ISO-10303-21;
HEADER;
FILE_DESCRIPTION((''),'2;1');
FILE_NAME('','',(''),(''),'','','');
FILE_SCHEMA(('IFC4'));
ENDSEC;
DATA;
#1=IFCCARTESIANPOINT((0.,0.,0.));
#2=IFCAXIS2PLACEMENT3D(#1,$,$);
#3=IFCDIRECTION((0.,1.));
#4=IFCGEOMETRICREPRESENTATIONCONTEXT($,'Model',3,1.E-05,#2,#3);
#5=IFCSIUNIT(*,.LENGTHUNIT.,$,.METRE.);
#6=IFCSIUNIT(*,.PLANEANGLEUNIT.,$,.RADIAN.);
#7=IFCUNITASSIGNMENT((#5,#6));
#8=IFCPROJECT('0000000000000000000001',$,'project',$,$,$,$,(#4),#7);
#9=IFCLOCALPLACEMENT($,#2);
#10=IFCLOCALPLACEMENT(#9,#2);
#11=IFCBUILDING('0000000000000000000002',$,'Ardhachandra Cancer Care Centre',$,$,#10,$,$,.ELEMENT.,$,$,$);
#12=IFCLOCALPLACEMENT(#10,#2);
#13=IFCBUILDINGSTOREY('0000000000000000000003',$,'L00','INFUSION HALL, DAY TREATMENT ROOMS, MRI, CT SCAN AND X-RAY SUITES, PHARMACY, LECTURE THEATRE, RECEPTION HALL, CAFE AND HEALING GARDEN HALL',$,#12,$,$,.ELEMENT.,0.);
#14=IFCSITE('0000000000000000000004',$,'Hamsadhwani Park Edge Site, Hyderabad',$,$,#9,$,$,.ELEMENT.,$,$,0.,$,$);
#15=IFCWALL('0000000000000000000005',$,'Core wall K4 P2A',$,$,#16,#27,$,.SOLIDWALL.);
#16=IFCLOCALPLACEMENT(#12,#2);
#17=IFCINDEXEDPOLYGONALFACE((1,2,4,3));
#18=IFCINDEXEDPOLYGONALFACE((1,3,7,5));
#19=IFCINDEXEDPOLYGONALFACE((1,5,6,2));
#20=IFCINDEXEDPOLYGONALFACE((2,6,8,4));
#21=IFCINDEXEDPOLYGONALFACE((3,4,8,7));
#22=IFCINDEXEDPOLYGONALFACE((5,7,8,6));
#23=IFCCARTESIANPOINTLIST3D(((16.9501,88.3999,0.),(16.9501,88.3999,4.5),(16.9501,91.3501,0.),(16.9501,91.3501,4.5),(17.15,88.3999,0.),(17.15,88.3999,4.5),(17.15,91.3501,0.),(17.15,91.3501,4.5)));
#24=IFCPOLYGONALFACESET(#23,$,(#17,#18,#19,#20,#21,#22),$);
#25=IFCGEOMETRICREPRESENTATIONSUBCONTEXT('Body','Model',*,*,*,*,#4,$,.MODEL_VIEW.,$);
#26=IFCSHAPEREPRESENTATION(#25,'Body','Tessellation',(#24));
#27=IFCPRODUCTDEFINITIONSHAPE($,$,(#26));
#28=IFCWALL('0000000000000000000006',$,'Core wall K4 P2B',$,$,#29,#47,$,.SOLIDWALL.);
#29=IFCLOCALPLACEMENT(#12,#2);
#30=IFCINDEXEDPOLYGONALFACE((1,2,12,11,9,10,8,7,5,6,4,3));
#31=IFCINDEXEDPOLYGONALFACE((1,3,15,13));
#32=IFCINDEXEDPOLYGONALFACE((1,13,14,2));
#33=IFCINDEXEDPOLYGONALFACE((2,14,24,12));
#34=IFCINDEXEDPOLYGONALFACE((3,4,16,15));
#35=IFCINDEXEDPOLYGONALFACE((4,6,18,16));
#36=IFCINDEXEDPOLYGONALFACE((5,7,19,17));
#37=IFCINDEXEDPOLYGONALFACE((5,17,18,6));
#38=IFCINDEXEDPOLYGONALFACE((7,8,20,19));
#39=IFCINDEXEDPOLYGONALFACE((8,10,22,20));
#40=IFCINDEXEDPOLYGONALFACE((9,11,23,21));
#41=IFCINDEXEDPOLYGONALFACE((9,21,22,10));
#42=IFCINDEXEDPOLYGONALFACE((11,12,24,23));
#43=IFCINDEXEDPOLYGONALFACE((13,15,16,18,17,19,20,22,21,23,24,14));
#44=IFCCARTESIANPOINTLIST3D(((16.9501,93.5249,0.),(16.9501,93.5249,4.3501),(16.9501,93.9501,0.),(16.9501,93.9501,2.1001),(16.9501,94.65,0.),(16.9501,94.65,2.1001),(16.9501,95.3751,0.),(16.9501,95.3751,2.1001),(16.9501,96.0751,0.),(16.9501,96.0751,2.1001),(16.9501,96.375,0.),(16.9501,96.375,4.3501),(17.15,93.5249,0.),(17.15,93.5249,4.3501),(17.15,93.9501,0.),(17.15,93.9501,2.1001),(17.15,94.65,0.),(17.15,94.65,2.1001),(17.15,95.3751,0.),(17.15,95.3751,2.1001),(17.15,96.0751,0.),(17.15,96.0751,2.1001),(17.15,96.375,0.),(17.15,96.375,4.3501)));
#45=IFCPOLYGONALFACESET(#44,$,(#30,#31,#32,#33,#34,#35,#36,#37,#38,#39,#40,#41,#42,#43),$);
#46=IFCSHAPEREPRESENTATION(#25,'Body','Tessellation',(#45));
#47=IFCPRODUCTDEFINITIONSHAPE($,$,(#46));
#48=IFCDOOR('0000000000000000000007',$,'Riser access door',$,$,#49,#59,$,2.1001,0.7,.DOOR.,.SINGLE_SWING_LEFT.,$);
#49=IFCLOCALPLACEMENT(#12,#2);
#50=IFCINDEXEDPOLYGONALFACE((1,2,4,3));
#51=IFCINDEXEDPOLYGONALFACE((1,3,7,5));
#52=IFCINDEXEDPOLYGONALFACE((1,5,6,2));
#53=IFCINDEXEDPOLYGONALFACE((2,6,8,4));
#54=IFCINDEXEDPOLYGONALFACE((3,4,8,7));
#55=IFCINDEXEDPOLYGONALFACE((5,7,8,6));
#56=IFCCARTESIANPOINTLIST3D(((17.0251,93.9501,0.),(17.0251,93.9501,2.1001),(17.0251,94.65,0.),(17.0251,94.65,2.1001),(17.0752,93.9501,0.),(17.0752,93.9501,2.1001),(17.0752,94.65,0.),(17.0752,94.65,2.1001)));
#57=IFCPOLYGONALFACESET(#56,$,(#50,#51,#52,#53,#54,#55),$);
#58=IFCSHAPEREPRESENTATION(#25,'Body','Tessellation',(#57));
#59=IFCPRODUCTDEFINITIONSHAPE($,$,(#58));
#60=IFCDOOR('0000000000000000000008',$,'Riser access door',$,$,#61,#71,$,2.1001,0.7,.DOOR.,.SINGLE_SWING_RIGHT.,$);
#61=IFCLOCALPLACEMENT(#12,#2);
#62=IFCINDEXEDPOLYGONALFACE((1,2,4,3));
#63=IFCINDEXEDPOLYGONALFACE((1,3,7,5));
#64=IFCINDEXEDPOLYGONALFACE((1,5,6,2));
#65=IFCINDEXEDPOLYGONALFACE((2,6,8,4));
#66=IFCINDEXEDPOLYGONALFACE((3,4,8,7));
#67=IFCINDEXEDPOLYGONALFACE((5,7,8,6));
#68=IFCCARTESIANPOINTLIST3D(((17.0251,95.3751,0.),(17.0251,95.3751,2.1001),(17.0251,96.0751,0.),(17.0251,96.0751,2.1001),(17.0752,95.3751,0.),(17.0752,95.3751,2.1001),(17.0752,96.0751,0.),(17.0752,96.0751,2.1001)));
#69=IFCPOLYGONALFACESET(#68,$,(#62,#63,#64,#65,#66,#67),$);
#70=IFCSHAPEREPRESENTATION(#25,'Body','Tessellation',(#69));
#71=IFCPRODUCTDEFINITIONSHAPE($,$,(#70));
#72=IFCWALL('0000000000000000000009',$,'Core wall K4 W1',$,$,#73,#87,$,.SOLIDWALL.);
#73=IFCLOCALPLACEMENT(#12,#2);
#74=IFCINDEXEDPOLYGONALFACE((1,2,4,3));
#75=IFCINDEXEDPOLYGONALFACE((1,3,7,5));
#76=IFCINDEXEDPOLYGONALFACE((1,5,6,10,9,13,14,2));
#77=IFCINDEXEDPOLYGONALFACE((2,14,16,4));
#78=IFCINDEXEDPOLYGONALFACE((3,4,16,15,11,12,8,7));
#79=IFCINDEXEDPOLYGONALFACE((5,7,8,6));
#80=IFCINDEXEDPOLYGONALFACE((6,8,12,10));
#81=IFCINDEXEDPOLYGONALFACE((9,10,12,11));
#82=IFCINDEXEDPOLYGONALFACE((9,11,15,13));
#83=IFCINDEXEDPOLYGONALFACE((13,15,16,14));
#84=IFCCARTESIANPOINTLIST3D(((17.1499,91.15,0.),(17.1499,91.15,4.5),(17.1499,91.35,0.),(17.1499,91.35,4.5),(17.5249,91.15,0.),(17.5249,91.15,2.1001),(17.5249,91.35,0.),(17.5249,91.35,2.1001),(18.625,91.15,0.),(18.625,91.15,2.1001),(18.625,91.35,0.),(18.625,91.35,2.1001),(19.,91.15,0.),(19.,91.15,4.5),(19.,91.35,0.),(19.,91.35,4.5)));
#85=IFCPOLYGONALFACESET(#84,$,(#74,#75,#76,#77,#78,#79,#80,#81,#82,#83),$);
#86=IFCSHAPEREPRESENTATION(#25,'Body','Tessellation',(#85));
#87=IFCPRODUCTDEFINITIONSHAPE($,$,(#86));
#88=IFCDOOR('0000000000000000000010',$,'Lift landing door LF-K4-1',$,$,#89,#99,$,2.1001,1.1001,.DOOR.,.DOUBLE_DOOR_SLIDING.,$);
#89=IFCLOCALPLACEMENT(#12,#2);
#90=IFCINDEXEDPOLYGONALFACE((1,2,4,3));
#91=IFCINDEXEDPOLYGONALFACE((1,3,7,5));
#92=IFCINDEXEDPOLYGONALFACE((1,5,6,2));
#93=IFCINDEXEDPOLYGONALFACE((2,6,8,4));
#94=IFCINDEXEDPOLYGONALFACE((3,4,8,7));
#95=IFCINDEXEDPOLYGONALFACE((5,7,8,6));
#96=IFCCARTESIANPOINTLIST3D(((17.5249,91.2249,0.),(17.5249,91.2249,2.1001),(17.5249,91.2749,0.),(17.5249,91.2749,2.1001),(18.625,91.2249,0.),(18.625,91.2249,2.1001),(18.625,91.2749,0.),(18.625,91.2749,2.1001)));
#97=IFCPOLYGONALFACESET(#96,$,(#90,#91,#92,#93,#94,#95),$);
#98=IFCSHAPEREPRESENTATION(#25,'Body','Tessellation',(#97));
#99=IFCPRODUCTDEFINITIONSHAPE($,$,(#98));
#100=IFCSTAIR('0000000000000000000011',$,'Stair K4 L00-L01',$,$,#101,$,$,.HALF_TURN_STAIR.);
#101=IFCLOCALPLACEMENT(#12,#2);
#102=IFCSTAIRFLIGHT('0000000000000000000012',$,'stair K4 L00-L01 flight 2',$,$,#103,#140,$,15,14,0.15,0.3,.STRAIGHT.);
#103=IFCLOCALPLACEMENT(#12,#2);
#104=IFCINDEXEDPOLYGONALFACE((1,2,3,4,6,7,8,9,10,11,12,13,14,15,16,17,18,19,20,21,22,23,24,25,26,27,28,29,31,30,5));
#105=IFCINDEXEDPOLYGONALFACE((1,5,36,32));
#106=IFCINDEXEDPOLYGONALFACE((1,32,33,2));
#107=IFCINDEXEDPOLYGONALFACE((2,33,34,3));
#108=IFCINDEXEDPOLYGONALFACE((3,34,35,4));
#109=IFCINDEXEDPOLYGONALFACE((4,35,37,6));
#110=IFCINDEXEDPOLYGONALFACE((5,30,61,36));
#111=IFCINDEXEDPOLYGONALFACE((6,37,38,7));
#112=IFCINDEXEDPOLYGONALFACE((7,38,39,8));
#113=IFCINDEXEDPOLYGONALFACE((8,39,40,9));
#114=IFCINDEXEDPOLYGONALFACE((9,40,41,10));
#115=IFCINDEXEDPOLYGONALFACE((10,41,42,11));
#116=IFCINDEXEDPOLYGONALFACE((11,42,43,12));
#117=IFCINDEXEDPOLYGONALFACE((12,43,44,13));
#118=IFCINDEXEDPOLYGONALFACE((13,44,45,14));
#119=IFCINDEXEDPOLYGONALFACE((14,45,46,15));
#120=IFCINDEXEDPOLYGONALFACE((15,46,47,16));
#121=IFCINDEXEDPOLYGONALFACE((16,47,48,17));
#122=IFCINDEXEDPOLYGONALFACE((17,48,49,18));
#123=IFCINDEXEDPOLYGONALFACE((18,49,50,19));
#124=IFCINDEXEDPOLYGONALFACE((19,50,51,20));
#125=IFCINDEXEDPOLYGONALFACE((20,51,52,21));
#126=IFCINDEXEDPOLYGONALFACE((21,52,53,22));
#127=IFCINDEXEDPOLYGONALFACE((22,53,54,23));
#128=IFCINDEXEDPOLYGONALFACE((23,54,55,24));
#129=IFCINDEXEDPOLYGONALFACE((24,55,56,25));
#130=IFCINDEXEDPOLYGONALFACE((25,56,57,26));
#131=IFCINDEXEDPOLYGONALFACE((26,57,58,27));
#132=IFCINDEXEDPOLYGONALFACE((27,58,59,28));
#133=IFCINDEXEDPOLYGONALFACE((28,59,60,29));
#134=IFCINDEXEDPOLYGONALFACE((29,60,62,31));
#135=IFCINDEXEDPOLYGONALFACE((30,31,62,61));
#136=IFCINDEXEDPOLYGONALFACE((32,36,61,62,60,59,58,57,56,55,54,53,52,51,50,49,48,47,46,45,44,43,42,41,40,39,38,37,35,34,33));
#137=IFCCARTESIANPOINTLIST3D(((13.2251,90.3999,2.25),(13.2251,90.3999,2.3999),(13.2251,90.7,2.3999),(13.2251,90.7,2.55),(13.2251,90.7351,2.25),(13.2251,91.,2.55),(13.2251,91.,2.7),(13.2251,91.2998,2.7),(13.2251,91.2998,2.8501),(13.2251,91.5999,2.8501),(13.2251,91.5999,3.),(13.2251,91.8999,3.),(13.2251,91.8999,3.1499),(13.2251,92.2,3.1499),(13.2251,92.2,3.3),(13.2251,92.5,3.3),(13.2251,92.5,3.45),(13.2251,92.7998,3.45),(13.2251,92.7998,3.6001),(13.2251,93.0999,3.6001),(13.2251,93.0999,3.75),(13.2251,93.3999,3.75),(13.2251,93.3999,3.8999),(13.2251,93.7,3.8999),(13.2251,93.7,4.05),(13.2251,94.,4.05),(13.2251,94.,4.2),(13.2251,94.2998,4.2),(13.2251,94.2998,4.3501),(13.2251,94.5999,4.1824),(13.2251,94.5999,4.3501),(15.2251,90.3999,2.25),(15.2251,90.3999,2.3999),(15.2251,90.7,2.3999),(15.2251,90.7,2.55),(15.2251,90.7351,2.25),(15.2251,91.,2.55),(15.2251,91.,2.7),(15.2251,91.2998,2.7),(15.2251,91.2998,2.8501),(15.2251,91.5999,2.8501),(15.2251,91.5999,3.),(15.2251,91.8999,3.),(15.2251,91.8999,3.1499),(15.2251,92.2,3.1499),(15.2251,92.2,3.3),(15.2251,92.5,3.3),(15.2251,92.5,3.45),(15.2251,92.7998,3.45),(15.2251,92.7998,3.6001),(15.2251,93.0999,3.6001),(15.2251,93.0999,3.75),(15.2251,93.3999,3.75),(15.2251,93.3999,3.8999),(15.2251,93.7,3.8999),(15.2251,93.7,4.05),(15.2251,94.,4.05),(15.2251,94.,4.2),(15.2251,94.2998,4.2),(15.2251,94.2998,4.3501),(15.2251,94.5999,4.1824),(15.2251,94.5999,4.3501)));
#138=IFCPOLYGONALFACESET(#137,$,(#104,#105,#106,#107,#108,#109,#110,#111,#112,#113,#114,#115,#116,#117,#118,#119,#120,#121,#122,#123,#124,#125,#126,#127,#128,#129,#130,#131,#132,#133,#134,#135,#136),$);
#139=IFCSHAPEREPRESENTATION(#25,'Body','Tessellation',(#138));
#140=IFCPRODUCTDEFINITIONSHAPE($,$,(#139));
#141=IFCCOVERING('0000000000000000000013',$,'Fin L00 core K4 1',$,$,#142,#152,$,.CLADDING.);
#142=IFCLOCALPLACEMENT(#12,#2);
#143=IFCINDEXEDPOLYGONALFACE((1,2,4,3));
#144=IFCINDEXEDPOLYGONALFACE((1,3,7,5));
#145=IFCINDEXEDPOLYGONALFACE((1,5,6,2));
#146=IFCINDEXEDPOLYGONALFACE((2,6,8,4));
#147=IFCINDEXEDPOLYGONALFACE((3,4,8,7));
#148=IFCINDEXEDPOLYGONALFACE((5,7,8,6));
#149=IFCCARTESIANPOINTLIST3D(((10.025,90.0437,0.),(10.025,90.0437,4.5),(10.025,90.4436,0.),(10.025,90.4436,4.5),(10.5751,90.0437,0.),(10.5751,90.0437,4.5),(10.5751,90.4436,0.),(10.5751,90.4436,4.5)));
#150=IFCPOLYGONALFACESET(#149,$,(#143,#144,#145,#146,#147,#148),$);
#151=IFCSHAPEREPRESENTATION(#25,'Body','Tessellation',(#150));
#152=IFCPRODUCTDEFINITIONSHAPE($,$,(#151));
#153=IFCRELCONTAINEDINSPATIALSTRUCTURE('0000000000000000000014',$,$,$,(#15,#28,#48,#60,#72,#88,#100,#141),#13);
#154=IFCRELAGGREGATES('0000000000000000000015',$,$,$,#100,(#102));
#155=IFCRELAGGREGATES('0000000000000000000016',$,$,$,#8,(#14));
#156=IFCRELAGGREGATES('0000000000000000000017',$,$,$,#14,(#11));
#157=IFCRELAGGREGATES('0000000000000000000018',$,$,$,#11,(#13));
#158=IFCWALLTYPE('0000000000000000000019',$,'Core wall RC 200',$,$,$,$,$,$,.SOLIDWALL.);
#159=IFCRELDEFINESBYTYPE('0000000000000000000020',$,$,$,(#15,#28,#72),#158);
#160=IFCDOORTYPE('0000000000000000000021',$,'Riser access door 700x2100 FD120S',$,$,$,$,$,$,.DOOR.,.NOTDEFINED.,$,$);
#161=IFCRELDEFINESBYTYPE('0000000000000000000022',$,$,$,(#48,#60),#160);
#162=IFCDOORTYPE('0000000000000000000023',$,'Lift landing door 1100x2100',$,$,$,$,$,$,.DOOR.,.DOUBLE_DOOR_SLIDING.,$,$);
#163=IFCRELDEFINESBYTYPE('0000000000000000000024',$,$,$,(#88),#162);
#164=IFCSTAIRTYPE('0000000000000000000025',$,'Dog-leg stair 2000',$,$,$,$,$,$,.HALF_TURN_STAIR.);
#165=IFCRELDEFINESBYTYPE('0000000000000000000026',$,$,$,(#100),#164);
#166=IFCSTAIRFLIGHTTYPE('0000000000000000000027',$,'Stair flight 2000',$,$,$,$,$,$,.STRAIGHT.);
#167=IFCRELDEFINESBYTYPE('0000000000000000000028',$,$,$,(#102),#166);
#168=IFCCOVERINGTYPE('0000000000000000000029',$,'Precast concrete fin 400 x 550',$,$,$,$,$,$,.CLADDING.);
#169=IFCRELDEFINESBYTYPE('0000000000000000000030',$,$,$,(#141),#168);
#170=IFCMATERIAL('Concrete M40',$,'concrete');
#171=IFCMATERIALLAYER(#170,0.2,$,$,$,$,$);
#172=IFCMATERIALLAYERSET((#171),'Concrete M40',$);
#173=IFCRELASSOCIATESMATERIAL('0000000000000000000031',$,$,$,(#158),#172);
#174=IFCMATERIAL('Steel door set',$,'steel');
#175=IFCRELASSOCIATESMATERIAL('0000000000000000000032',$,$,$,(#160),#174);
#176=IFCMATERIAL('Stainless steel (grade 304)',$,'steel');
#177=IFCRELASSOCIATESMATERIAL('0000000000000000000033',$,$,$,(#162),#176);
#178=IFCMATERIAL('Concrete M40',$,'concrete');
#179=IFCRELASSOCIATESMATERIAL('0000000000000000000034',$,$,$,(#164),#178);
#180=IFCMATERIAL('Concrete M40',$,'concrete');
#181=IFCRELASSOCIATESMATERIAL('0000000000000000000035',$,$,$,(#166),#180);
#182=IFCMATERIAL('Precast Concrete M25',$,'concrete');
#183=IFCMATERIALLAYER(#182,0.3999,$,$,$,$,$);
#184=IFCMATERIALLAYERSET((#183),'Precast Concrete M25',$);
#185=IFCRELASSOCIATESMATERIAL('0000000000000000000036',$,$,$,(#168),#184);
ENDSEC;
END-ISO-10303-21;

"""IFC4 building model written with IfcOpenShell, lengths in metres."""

from ifc_helpers import new_model, si_unit, direction, frame, frame_2d, origin, origin_2d, place, context, subcontext, project, spatial, polyline, rectangle, outline, extrude, material, layer, layer_set, type_object, element, fill, aggregate, save


model = new_model("IFC4")

# Units and contexts
model_context = context("Model", 3, precision=1e-05, world=origin(), true_north=direction((0.0, 1.0)))
body_context = subcontext(model_context, "Body", "Model", "MODEL_VIEW")
ifc_project = project(units=[si_unit("LENGTHUNIT", "METRE"), si_unit("PLANEANGLEUNIT", "RADIAN")], contexts=[model_context])

# Site, building, storey
site_placement = place(None, origin())
site = spatial("IfcSite", under=ifc_project, at=site_placement, Name="Hamsadhwani Park Edge Site, Hyderabad", CompositionType="ELEMENT", RefElevation=0.0)
building_placement = place(site_placement, origin())
building = spatial("IfcBuilding", under=site, at=building_placement, Name="Ardhachandra Cancer Care Centre", CompositionType="ELEMENT")
storey_placement = place(building_placement, origin())
storey = spatial("IfcBuildingStorey", under=building, at=storey_placement, Name="L00", Description="INFUSION HALL, DAY TREATMENT ROOMS, MRI, CT SCAN AND X-RAY SUITES, PHARMACY, LECTURE THEATRE, RECEPTION HALL, CAFE AND HEALING GARDEN HALL", CompositionType="ELEMENT", Elevation=0.0)

# Shared definitions
ifc_material_1 = material(Name="Concrete M40", Category="concrete")
ifc_layer_1 = layer(ifc_material_1, 0.2)
ifc_layer_set_1 = layer_set([ifc_layer_1], Name="Concrete M40")
wall_type_1 = type_object("IfcWallType", Name="Core wall RC 200", PredefinedType="SOLIDWALL", material=ifc_layer_set_1)

# Wall
wall_1_placement = place(storey_placement, frame((17.05, 88.3999, 0.0), z_axis=(0.0, 0.0, 1.0), x_axis=(0.0, 1.0, 0.0)))
element("IfcWall", 1, at=wall_1_placement, inside=storey, type_object=wall_type_1, Name="Core wall K4 P2A", PredefinedType="SOLIDWALL", context=body_context, shape_type="SweptSolid", body=[
    extrude(rectangle(XDim=2.9502, YDim=0.2, at=frame_2d((1.4751, 0.0))), origin(), (0.0, 0.0, 1.0), 4.5),
])

# Wall, openings, doors
wall_2_placement = place(storey_placement, frame((17.05, 93.5249, 0.0), z_axis=(0.0, 0.0, 1.0), x_axis=(0.0, 1.0, 0.0)))
wall_2 = element("IfcWall", 2, at=wall_2_placement, inside=storey, type_object=wall_type_1, Name="Core wall K4 P2B", PredefinedType="SOLIDWALL", context=body_context, shape_type="SweptSolid", body=[
    extrude(rectangle(XDim=2.8501, YDim=0.2, at=frame_2d((1.425, 0.0))), origin(), (0.0, 0.0, 1.0), 4.3501),
])
opening_1_placement = place(wall_2_placement, frame((0.425, 0.0, 0.0)))
opening_1 = element("IfcOpeningElement", 3, at=opening_1_placement, cuts=wall_2, PredefinedType="OPENING", context=body_context, shape_type="SweptSolid", body=[
    extrude(rectangle(XDim=0.7, YDim=2.1001, at=frame_2d((0.3501, 1.05))), frame((0.0, 0.1099, 0.0), z_axis=(0.0, -1.0, 0.0), x_axis=(1.0, 0.0, 0.0)), (0.0, 0.0, 1.0), 0.22),
])
opening_2_placement = place(wall_2_placement, frame((1.8501, 0.0, 0.0)))
opening_2 = element("IfcOpeningElement", 4, at=opening_2_placement, cuts=wall_2, PredefinedType="OPENING", context=body_context, shape_type="SweptSolid", body=[
    extrude(rectangle(XDim=0.7, YDim=2.1001, at=frame_2d((0.3501, 1.05))), frame((0.0, 0.1099, 0.0), z_axis=(0.0, -1.0, 0.0), x_axis=(1.0, 0.0, 0.0)), (0.0, 0.0, 1.0), 0.22),
])
ifc_material_2 = material(Name="Steel door set", Category="steel")
door_type_1 = type_object("IfcDoorType", Name="Riser access door 700x2100 FD120S", OperationType="NOTDEFINED", PredefinedType="DOOR", material=ifc_material_2)
door_1_placement = place(opening_1_placement, origin())
door_1 = element("IfcDoor", 5, at=door_1_placement, inside=storey, type_object=door_type_1, Name="Riser access door", OperationType="SINGLE_SWING_LEFT", OverallHeight=2.1001, OverallWidth=0.7, PredefinedType="DOOR", context=body_context, shape_type="SweptSolid", body=[
    extrude(rectangle(XDim=0.7, YDim=2.1001, at=frame_2d((0.3501, 1.05))), frame((0.0, 0.0249, 0.0), z_axis=(0.0, -1.0, 0.0), x_axis=(1.0, 0.0, 0.0)), (0.0, 0.0, 1.0), 0.05),
])
fill(opening_1, door_1)
door_2_placement = place(opening_2_placement, origin())
door_2 = element("IfcDoor", 6, at=door_2_placement, inside=storey, type_object=door_type_1, Name="Riser access door", OperationType="SINGLE_SWING_RIGHT", OverallHeight=2.1001, OverallWidth=0.7, PredefinedType="DOOR", context=body_context, shape_type="SweptSolid", body=[
    extrude(rectangle(XDim=0.7, YDim=2.1001, at=frame_2d((0.3501, 1.05))), frame((0.0, 0.0249, 0.0), z_axis=(0.0, -1.0, 0.0), x_axis=(1.0, 0.0, 0.0)), (0.0, 0.0, 1.0), 0.05),
])
fill(opening_2, door_2)

# Wall, opening, door
wall_3_placement = place(storey_placement, frame((17.1499, 91.25, 0.0), z_axis=(0.0, 0.0, 1.0), x_axis=(1.0, 0.0, 0.0)))
wall_3 = element("IfcWall", 7, at=wall_3_placement, inside=storey, type_object=wall_type_1, Name="Core wall K4 W1", PredefinedType="SOLIDWALL", context=body_context, shape_type="SweptSolid", body=[
    extrude(rectangle(XDim=1.8501, YDim=0.2, at=frame_2d((0.925, 0.0))), origin(), (0.0, 0.0, 1.0), 4.5),
])
opening_3_placement = place(wall_3_placement, frame((0.375, 0.0, 0.0)))
opening_3 = element("IfcOpeningElement", 8, at=opening_3_placement, cuts=wall_3, PredefinedType="OPENING", context=body_context, shape_type="SweptSolid", body=[
    extrude(rectangle(XDim=1.1001, YDim=2.1001, at=frame_2d((0.55, 1.05))), frame((0.0, 0.1099, 0.0), z_axis=(0.0, -1.0, 0.0), x_axis=(1.0, 0.0, 0.0)), (0.0, 0.0, 1.0), 0.22),
])
ifc_material_3 = material(Name="Stainless steel (grade 304)", Category="steel")
door_type_2 = type_object("IfcDoorType", Name="Lift landing door 1100x2100", OperationType="DOUBLE_DOOR_SLIDING", PredefinedType="DOOR", material=ifc_material_3)
door_3_placement = place(opening_3_placement, origin())
door_3 = element("IfcDoor", 9, at=door_3_placement, inside=storey, type_object=door_type_2, Name="Lift landing door LF-K4-1", OperationType="DOUBLE_DOOR_SLIDING", OverallHeight=2.1001, OverallWidth=1.1001, PredefinedType="DOOR", context=body_context, shape_type="SweptSolid", body=[
    extrude(rectangle(XDim=1.1001, YDim=2.1001, at=frame_2d((0.55, 1.05))), frame((0.0, 0.0249, 0.0), z_axis=(0.0, -1.0, 0.0), x_axis=(1.0, 0.0, 0.0)), (0.0, 0.0, 1.0), 0.05),
])
fill(opening_3, door_3)

# Stair, stair flight
ifc_material_4 = material(Name="Concrete M40", Category="concrete")
stair_type = type_object("IfcStairType", Name="Dog-leg stair 2000", PredefinedType="HALF_TURN_STAIR", material=ifc_material_4)
stair_placement = place(storey_placement, origin())
stair = element("IfcStair", 10, at=stair_placement, inside=storey, type_object=stair_type, Name="Stair K4 L00-L01", PredefinedType="HALF_TURN_STAIR")
ifc_material_5 = material(Name="Concrete M40", Category="concrete")
stair_flight_type = type_object("IfcStairFlightType", Name="Stair flight 2000", PredefinedType="STRAIGHT", material=ifc_material_5)
stair_flight_placement = place(storey_placement, frame((14.2251, 90.3999, 2.25), z_axis=(0.0, 0.0, 1.0), x_axis=(0.0, 1.0, 0.0)))
stair_flight = element("IfcStairFlight", 11, at=stair_flight_placement, type_object=stair_flight_type, Name="stair K4 L00-L01 flight 2", NumberOfRisers=15, NumberOfTreads=14, PredefinedType="STRAIGHT", RiserHeight=0.15, TreadLength=0.3, context=body_context, shape_type="SweptSolid", body=[
    extrude(outline(polyline([(0.0, 0.0), (0.0, 0.1499), (0.3, 0.1499), (0.3, 0.3), (0.6001, 0.3), (0.6001, 0.45), (0.8999, 0.45), (0.8999, 0.6001), (1.2, 0.6001), (1.2, 0.75), (1.5, 0.75), (1.5, 0.8999), (1.8, 0.8999), (1.8, 1.05), (2.1001, 1.05), (2.1001, 1.2), (2.3999, 1.2), (2.3999, 1.3501), (2.7, 1.3501), (2.7, 1.5), (3.0, 1.5), (3.0, 1.6499), (3.3, 1.6499), (3.3, 1.8), (3.6001, 1.8), (3.6001, 1.95), (3.8999, 1.95), (3.8999, 2.1001), (4.2, 2.1001), (4.2, 2.25), (4.2, 1.9324), (0.3352, 0.0), (0.0, 0.0)])), frame((0.0, 1.0, 0.0), z_axis=(0.0, -1.0, 0.0), x_axis=(1.0, 0.0, 0.0)), (0.0, 0.0, 1.0), 2.0),
])
aggregate(stair, [stair_flight])

# Covering
ifc_material_6 = material(Name="Precast Concrete M25", Category="concrete")
ifc_layer_2 = layer(ifc_material_6, 0.3999)
ifc_layer_set_2 = layer_set([ifc_layer_2], Name="Precast Concrete M25")
covering_type = type_object("IfcCoveringType", Name="Precast concrete fin 400 x 550", PredefinedType="CLADDING", material=ifc_layer_set_2)
covering_placement = place(storey_placement, frame((10.3, 90.2437, 0.0), z_axis=(0.0, 0.0, 1.0), x_axis=(0.0, 1.0, 0.0)))
element("IfcCovering", 12, at=covering_placement, inside=storey, type_object=covering_type, Name="Fin L00 core K4 1", PredefinedType="CLADDING", context=body_context, shape_type="SweptSolid", body=[
    extrude(rectangle(XDim=0.3999, YDim=0.55, at=origin_2d()), origin(), (0.0, 0.0, 1.0), 4.5),
])

save(model, "model.ifc")
